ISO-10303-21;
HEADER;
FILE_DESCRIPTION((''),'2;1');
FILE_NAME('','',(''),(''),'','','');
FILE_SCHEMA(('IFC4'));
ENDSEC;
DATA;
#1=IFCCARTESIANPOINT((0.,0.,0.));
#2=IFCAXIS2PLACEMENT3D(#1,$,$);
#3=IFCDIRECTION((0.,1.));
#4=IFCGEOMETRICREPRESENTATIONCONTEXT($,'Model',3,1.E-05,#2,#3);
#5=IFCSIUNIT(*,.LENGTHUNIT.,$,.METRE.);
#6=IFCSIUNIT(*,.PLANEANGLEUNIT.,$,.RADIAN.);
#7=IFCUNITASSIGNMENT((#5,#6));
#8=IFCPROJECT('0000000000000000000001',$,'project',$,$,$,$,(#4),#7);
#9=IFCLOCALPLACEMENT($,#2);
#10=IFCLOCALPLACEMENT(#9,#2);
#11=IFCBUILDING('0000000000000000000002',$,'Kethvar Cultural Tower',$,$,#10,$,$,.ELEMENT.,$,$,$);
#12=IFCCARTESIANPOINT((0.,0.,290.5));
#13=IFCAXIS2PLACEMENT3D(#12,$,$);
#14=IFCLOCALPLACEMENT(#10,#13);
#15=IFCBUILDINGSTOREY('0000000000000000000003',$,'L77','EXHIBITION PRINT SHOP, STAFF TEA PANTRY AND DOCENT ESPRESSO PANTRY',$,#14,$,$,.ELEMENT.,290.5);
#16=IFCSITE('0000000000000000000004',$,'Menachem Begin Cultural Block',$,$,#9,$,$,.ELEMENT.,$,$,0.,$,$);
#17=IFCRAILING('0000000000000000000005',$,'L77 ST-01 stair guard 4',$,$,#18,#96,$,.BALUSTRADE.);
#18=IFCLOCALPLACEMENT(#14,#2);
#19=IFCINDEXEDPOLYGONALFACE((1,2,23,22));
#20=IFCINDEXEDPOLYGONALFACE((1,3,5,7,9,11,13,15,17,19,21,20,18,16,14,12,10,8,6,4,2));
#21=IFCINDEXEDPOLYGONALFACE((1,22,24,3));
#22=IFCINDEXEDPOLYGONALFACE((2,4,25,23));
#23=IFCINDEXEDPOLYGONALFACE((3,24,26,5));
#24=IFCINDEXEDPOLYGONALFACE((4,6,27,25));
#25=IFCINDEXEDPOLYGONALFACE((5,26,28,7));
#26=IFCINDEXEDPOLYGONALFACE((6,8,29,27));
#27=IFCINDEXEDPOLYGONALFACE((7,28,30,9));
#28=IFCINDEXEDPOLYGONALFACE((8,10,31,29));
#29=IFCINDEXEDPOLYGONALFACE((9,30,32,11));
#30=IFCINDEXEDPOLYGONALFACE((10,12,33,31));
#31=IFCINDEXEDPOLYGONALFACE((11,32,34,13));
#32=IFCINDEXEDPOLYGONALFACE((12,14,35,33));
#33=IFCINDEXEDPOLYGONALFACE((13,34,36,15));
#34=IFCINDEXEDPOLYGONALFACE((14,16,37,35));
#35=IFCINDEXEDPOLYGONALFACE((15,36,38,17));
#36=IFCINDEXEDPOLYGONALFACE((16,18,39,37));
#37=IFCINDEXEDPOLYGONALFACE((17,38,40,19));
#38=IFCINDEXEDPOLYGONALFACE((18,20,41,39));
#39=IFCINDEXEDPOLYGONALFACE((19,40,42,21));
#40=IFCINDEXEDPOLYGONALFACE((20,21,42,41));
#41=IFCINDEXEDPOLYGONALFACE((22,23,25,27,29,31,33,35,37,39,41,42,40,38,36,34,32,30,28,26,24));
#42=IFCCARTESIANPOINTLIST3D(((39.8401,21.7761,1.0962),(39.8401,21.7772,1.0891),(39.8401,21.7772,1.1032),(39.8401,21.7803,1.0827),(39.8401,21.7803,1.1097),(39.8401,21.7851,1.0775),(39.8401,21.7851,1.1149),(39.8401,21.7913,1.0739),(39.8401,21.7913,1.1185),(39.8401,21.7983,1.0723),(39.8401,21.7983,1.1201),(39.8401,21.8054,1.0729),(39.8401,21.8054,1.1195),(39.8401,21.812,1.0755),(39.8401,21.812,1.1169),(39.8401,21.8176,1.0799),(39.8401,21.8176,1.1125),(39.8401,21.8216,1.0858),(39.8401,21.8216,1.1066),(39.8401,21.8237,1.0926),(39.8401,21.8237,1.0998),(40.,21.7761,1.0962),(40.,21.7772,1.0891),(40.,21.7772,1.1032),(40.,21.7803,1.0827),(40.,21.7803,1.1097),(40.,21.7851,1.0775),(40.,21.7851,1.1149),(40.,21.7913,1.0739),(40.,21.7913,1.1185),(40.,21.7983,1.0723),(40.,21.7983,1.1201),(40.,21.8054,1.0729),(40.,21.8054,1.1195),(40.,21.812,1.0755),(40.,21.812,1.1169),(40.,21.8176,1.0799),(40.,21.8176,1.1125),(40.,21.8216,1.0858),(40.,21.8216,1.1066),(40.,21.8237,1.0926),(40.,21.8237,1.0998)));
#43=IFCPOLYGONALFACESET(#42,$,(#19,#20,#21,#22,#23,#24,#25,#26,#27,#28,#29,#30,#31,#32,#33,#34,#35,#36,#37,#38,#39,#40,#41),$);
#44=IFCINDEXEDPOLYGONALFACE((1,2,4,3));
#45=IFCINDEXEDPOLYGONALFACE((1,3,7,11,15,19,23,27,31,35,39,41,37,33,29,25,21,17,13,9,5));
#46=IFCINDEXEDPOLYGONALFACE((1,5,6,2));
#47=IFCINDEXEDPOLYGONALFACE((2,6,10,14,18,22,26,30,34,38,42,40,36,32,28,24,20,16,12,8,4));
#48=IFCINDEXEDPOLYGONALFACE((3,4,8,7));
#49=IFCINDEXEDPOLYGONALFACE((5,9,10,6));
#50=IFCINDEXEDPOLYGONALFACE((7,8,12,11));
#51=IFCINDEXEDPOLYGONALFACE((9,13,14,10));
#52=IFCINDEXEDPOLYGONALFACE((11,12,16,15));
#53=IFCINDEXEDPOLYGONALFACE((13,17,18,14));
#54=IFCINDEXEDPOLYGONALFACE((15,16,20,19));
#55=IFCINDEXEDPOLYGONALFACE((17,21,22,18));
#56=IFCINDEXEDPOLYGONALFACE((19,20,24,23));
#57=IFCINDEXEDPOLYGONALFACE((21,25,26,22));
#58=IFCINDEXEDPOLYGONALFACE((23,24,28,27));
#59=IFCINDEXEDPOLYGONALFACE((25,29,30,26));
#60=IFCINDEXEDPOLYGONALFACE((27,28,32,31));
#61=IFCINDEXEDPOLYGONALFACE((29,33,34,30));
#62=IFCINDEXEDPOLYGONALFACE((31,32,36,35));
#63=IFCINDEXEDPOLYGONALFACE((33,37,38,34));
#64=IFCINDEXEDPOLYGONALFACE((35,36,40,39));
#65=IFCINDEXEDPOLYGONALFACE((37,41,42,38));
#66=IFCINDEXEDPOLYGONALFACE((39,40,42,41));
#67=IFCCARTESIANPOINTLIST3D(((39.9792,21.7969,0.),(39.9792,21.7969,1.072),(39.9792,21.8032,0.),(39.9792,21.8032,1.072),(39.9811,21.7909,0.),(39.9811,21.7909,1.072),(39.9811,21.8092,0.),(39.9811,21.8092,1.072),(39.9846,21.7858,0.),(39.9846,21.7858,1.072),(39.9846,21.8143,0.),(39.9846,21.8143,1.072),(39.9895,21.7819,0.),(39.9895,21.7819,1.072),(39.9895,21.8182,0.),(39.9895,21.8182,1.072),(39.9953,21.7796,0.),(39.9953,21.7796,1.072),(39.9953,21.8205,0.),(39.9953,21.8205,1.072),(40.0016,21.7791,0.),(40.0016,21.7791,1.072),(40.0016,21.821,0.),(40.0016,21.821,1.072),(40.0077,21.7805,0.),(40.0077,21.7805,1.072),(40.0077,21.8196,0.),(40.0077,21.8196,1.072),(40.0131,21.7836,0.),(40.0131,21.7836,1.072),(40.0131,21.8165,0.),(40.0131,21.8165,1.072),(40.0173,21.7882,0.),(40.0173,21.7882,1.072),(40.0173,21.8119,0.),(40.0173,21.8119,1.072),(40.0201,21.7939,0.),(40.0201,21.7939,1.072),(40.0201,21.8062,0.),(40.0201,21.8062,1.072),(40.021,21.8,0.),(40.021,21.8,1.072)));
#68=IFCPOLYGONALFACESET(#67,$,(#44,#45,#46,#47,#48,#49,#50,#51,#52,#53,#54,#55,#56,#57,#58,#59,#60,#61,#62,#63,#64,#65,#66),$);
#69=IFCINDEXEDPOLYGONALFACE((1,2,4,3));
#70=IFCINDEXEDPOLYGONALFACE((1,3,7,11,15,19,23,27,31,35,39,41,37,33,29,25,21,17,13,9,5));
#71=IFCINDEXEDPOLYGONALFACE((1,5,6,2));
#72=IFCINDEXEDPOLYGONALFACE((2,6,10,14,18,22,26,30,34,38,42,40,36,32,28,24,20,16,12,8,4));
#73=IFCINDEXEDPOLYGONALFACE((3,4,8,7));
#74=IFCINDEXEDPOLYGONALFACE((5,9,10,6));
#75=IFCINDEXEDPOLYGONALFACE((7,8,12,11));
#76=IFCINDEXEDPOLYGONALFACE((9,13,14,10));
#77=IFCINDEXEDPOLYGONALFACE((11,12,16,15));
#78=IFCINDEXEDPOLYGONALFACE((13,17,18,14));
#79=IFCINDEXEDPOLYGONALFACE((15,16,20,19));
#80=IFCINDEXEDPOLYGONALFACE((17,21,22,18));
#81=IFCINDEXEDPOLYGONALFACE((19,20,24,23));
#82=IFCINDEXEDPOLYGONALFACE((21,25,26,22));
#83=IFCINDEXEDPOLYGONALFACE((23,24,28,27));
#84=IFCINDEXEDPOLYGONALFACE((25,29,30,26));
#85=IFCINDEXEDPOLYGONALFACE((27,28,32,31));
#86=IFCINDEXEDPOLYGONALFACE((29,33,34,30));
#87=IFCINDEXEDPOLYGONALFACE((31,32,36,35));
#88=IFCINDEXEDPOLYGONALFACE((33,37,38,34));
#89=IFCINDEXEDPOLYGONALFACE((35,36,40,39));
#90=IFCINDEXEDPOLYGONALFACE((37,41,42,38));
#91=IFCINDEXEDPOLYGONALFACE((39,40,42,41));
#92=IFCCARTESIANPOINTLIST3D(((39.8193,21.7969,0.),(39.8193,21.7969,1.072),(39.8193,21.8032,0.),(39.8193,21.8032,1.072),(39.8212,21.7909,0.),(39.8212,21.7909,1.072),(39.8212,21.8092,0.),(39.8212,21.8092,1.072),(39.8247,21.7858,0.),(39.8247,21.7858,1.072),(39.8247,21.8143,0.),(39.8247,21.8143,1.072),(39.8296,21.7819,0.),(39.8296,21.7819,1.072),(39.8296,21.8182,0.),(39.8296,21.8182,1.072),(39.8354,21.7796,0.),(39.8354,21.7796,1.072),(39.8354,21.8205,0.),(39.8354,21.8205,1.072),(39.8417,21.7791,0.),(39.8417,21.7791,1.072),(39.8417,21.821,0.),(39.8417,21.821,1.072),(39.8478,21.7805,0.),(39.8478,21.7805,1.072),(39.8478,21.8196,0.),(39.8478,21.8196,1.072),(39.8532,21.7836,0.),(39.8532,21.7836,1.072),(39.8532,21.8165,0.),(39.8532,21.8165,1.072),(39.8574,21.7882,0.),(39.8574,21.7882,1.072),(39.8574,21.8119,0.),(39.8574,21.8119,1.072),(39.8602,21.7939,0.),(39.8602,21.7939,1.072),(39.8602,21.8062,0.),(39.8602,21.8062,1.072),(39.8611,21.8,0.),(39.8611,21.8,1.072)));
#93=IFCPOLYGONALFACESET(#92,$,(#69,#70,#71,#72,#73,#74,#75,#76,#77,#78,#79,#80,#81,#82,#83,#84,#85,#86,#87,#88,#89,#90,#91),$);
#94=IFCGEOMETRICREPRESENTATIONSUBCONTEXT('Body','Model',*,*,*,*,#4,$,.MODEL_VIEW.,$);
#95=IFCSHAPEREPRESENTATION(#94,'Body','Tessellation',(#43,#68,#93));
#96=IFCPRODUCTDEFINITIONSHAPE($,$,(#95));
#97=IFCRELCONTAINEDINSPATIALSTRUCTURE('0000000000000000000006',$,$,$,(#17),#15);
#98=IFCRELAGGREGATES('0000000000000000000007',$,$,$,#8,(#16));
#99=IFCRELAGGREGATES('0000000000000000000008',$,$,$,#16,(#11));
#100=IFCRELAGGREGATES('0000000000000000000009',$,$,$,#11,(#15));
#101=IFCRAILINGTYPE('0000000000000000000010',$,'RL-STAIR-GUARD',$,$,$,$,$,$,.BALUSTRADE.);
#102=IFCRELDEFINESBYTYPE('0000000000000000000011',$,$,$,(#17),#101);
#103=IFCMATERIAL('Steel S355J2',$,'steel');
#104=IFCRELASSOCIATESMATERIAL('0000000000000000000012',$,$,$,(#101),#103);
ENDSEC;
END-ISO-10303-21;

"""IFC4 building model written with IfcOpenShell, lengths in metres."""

from ifc_helpers import new_model, si_unit, direction, frame, origin, origin_2d, place, context, subcontext, project, spatial, circle, extrude, material, type_object, element, save


model = new_model("IFC4")

# Units and contexts
model_context = context("Model", 3, precision=1e-05, world=origin(), true_north=direction((0.0, 1.0)))
body_context = subcontext(model_context, "Body", "Model", "MODEL_VIEW")
ifc_project = project(units=[si_unit("LENGTHUNIT", "METRE"), si_unit("PLANEANGLEUNIT", "RADIAN")], contexts=[model_context])

# Site, building, storey
site_placement = place(None, origin())
site = spatial("IfcSite", under=ifc_project, at=site_placement, Name="Menachem Begin Cultural Block", CompositionType="ELEMENT", RefElevation=0.0)
building_placement = place(site_placement, origin())
building = spatial("IfcBuilding", under=site, at=building_placement, Name="Kethvar Cultural Tower", CompositionType="ELEMENT")
storey_placement = place(building_placement, frame((0.0, 0.0, 290.5)))
storey = spatial("IfcBuildingStorey", under=building, at=storey_placement, Name="L77", Description="EXHIBITION PRINT SHOP, STAFF TEA PANTRY AND DOCENT ESPRESSO PANTRY", CompositionType="ELEMENT", Elevation=290.5)

# Shared definitions
ifc_material_1 = material(Name="Steel S355J2", Category="steel")

# Railing
railing_type_1 = type_object("IfcRailingType", Name="RL-STAIR-GUARD", PredefinedType="BALUSTRADE", material=ifc_material_1)
railing_1_placement = place(storey_placement, frame((40.0, 21.8, 0.0)))
element("IfcRailing", 1, at=railing_1_placement, inside=storey, type_object=railing_type_1, Name="L77 ST-01 stair guard 4", PredefinedType="BALUSTRADE", context=body_context, shape_type="SweptSolid", body=[
    extrude(circle(Radius=0.0239, at=origin_2d()), frame((0.0, 0.0, 1.0962), z_axis=(-1.0, 0.0, 0.0), x_axis=(0.0, -1.0, 0.0)), (0.0, 0.0, 1.0), 0.1599),
    extrude(circle(Radius=0.021, at=origin_2d()), origin(), (0.0, 0.0, 1.0), 1.072),
    extrude(circle(Radius=0.021, at=origin_2d()), frame((-0.1599, 0.0, 0.0)), (0.0, 0.0, 1.0), 1.072),
])

save(model, "model.ifc")
